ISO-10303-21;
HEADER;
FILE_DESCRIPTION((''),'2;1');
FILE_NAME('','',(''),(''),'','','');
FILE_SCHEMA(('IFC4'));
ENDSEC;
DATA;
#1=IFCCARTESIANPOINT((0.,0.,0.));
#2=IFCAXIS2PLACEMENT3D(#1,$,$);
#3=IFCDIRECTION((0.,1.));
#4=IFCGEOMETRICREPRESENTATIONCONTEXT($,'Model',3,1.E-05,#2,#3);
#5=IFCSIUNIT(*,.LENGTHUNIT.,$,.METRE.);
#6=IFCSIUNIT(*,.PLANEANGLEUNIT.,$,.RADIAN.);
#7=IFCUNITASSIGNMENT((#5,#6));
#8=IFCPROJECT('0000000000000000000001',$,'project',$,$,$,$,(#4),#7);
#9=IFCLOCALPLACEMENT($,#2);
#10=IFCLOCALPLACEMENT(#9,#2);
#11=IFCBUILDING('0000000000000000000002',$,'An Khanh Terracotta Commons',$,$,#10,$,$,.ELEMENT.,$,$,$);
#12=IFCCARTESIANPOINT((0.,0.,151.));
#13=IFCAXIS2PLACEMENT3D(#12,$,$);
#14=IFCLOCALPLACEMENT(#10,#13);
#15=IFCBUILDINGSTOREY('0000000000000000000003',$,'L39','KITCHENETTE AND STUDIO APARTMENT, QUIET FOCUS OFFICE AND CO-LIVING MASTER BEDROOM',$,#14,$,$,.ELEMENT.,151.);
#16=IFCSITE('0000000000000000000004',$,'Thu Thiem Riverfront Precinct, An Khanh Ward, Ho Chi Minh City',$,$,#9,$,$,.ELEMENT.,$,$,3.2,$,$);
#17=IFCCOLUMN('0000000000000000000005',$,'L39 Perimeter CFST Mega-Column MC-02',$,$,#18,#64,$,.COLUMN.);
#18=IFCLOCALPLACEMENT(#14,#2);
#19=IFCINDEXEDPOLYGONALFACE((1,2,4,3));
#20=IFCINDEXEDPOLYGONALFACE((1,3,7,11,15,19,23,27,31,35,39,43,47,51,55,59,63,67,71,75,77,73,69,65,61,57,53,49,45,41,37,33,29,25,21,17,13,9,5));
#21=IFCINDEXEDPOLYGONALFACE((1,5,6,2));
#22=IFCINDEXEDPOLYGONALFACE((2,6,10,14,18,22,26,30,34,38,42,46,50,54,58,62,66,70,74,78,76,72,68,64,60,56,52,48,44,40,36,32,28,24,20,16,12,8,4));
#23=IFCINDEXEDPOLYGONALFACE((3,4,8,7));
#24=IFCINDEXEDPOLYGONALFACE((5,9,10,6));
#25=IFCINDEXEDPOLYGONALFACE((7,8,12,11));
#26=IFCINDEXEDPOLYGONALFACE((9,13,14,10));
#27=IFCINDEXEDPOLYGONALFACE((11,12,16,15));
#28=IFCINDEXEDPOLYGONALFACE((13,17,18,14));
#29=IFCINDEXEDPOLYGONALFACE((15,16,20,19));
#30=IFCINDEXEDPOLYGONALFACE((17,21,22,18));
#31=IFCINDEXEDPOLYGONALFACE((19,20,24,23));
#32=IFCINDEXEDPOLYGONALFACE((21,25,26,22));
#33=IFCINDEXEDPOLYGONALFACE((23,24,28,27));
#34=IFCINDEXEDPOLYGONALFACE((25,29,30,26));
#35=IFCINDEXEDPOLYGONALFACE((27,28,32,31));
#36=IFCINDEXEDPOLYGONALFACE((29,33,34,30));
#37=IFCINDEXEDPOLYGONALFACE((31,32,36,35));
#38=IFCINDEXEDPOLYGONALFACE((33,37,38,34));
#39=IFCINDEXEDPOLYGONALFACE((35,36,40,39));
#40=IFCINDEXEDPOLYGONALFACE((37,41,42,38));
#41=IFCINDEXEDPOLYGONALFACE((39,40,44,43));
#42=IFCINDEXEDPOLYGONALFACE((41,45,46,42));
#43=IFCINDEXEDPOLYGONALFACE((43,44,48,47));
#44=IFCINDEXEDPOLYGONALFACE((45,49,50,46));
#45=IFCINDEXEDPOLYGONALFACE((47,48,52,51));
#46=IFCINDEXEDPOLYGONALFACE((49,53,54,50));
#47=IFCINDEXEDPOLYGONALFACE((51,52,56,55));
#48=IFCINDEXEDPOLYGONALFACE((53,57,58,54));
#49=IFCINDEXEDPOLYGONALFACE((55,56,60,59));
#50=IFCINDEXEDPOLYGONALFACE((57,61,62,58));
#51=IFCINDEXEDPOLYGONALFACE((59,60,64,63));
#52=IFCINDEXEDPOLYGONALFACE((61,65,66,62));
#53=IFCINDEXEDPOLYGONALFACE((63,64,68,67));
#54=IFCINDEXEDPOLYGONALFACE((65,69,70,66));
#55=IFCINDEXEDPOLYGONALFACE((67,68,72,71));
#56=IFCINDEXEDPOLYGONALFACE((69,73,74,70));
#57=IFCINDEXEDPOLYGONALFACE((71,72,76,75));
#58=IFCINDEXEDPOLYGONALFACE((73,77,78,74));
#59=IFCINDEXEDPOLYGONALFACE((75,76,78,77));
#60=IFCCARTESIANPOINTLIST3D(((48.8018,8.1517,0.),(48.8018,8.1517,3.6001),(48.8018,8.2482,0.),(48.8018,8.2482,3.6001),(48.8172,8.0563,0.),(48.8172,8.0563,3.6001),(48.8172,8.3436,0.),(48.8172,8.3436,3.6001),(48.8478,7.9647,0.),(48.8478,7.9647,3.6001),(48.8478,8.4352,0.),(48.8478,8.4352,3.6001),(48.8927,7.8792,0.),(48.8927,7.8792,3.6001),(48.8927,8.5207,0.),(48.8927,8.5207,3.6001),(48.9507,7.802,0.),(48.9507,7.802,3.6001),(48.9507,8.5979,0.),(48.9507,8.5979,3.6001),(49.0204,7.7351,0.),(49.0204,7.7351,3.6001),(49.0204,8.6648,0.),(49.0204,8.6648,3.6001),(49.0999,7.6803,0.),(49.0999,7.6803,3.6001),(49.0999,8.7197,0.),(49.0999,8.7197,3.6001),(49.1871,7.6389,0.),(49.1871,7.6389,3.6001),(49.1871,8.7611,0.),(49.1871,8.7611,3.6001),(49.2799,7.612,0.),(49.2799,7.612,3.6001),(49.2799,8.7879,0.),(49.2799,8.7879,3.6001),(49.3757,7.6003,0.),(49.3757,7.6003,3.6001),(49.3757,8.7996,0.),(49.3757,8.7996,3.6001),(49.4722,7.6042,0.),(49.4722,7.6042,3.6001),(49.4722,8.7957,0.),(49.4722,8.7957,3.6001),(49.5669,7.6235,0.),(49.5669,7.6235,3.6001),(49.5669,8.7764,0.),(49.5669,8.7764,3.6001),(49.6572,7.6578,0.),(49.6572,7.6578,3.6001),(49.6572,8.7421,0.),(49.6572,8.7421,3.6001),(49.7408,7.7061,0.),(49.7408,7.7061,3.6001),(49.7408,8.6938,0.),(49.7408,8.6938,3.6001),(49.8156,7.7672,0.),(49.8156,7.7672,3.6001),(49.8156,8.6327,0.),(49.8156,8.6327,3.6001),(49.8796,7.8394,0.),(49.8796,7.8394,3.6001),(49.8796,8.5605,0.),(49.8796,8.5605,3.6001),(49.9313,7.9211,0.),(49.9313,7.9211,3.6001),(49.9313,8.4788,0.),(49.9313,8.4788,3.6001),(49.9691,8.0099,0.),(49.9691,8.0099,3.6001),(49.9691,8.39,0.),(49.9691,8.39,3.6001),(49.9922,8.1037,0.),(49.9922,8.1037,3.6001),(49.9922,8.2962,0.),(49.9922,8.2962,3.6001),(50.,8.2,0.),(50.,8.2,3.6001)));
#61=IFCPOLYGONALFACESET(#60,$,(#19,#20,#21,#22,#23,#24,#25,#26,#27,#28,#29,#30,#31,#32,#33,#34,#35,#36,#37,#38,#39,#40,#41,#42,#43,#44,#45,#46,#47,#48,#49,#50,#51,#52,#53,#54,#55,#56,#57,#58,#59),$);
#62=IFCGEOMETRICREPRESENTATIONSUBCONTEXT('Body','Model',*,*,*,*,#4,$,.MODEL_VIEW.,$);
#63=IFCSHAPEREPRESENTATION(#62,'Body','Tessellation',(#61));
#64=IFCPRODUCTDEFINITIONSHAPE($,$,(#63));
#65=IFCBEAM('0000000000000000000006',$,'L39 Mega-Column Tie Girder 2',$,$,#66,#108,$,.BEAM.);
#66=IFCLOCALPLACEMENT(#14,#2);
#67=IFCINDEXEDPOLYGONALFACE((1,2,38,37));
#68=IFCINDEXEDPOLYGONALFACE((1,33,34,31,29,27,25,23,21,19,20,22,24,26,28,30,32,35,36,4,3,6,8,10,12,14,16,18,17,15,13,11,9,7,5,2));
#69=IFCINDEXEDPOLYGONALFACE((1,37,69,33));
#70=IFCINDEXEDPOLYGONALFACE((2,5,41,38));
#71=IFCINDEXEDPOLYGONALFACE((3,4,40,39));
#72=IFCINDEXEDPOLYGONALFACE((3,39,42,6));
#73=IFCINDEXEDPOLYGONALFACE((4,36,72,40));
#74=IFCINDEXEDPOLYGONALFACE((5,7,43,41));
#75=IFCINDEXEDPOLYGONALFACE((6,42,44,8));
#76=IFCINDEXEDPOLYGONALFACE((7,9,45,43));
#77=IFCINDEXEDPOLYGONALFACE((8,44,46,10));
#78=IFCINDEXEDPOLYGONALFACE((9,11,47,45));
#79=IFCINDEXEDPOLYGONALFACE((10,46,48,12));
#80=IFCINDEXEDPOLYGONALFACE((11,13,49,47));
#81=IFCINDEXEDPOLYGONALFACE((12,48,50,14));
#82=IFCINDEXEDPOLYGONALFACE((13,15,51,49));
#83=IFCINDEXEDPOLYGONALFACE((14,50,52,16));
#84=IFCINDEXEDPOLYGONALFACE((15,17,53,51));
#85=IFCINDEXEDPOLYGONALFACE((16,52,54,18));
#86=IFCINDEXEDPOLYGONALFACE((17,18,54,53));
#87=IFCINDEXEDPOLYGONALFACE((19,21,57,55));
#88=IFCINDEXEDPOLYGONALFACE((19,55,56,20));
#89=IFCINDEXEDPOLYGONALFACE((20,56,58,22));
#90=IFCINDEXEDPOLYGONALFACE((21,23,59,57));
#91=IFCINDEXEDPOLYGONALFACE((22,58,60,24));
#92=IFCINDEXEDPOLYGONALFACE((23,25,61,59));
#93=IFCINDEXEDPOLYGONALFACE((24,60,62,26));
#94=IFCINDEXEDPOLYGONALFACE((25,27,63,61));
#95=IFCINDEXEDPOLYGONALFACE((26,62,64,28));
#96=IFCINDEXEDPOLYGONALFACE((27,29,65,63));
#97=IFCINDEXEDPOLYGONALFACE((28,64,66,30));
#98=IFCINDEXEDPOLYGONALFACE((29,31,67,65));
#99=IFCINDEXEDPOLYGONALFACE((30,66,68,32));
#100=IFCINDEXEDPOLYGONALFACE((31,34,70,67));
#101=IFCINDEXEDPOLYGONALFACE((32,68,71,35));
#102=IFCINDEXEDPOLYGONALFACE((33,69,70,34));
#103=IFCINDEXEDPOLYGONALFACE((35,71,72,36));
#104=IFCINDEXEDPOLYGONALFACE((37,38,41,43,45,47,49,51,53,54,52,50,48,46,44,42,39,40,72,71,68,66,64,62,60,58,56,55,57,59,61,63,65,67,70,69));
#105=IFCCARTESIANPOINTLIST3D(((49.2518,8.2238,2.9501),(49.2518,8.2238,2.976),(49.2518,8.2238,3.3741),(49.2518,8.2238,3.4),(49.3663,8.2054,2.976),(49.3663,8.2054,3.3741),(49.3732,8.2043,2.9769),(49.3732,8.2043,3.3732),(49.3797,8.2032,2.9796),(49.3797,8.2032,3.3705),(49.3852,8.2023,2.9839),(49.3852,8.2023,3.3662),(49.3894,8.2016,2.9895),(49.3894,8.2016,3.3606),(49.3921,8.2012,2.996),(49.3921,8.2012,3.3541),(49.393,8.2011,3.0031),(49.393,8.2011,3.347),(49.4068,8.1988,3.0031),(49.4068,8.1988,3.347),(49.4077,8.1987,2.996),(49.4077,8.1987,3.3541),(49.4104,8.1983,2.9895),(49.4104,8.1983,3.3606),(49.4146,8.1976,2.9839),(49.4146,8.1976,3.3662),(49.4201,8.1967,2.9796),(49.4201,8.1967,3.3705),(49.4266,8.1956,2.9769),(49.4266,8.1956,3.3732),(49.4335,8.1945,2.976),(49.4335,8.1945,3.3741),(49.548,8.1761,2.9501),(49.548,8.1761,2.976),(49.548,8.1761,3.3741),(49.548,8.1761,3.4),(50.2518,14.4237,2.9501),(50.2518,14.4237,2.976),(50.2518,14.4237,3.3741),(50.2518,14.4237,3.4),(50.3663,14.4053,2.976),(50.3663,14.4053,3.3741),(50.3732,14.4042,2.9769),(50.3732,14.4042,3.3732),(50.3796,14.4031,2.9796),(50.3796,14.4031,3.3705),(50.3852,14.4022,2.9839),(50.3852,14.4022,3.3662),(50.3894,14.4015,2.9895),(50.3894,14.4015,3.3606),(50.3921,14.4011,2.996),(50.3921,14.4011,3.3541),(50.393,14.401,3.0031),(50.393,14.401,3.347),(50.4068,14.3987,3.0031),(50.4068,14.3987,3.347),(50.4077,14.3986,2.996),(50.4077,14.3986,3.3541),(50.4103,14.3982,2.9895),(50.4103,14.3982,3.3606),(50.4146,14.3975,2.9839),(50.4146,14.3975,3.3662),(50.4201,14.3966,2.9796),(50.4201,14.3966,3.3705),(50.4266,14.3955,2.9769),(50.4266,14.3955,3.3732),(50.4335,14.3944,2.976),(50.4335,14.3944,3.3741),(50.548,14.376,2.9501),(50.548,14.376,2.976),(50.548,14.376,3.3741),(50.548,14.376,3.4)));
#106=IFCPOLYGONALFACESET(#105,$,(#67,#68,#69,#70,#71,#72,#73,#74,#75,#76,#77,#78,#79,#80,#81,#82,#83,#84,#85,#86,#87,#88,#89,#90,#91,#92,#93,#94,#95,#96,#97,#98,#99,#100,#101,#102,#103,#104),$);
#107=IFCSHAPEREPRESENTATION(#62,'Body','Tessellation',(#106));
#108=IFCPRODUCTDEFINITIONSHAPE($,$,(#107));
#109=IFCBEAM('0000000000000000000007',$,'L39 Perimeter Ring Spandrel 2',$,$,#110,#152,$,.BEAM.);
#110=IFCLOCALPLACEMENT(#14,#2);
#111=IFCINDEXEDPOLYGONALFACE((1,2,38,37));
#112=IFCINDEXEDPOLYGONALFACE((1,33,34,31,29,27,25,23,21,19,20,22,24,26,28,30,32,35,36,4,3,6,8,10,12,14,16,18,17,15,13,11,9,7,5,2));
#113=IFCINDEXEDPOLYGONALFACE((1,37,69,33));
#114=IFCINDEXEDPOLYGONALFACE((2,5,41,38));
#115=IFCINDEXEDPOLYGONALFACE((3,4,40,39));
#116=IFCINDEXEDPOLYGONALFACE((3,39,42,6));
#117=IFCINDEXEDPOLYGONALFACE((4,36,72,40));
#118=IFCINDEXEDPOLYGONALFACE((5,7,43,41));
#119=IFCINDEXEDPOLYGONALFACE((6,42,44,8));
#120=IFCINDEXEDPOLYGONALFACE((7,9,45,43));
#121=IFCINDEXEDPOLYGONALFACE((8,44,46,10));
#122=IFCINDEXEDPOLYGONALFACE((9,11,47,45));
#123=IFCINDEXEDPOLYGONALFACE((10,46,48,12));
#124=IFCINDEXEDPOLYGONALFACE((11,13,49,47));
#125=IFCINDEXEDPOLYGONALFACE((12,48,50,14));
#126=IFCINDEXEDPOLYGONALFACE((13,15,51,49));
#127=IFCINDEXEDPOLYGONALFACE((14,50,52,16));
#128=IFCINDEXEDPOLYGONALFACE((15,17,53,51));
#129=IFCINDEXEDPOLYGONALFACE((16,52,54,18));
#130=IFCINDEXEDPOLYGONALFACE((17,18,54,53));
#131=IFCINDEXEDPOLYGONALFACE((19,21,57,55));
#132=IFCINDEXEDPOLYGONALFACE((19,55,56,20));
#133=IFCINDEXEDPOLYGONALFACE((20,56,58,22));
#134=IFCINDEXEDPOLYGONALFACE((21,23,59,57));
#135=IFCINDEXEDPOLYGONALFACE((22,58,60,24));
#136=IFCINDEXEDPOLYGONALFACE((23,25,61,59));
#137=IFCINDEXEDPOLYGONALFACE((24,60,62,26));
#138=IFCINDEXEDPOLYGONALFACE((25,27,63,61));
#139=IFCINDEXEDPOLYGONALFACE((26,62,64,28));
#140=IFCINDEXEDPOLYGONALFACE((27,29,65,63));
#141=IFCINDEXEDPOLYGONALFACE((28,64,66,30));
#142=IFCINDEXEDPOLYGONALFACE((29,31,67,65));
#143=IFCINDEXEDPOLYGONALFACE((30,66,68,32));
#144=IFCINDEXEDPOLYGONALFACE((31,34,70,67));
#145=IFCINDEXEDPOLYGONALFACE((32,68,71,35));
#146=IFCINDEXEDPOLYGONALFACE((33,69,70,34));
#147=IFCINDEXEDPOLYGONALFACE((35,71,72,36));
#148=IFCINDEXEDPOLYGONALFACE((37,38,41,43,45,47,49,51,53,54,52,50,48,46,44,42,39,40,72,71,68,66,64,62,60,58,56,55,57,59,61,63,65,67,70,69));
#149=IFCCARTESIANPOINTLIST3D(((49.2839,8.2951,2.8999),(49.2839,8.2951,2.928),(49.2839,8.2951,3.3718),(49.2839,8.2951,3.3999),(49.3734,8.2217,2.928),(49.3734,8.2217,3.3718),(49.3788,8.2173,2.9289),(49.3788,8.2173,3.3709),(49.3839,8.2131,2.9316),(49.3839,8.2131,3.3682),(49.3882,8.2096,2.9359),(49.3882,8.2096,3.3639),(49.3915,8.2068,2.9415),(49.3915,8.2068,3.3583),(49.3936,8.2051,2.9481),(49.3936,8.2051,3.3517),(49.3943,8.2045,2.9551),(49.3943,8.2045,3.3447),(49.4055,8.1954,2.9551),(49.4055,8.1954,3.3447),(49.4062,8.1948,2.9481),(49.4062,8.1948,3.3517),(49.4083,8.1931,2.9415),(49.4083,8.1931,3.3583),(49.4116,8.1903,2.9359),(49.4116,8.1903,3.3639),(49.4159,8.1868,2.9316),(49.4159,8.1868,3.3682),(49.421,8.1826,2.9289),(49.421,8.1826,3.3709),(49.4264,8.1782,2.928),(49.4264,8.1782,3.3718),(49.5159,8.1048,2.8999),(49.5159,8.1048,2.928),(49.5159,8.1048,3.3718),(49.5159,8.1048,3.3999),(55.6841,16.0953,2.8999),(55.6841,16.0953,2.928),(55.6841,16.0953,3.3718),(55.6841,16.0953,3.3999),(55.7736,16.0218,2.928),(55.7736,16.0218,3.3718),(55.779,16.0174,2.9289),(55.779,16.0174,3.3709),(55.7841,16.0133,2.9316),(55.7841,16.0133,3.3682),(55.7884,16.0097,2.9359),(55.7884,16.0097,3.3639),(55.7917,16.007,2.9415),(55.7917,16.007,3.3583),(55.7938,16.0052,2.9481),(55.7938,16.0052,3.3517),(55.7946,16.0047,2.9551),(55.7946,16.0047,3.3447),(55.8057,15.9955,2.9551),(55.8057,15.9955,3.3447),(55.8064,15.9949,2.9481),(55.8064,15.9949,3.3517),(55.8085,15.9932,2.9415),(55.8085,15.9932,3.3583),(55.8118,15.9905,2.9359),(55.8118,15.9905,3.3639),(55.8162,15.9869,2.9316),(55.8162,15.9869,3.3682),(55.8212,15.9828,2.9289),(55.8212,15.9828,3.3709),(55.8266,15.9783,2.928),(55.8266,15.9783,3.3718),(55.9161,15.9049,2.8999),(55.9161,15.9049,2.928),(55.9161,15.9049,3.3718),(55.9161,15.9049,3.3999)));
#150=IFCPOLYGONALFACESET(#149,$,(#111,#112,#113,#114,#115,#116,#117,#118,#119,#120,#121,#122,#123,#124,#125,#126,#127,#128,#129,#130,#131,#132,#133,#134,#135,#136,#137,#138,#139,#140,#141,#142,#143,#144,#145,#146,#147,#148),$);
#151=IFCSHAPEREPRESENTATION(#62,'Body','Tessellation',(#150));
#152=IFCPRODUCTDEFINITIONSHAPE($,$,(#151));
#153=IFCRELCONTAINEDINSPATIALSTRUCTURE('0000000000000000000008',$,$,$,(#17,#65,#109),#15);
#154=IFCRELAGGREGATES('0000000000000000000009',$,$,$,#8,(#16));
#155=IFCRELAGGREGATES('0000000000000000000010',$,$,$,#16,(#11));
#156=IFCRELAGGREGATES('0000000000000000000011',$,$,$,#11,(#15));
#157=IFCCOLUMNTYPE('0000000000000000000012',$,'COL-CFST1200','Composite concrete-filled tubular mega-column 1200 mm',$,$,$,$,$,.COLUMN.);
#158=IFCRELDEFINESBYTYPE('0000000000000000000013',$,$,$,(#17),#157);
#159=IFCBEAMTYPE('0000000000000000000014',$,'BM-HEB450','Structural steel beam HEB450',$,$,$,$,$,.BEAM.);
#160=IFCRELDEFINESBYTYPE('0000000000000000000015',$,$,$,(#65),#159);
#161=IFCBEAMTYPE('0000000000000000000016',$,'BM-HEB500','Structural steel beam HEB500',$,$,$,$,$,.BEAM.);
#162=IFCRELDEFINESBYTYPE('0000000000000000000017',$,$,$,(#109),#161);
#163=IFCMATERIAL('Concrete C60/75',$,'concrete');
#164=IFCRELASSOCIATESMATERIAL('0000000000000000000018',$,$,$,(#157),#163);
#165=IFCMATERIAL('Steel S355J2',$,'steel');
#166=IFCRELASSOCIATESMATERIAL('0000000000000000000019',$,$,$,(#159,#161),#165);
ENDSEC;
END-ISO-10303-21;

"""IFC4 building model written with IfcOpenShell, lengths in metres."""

from ifc_helpers import new_model, si_unit, direction, frame, origin, origin_2d, place, context, subcontext, project, spatial, circle, i_section, extrude, material, material_profile, profile_set, type_object, element, save


model = new_model("IFC4")

# Units and contexts
model_context = context("Model", 3, precision=1e-05, world=origin(), true_north=direction((0.0, 1.0)))
body_context = subcontext(model_context, "Body", "Model", "MODEL_VIEW")
ifc_project = project(units=[si_unit("LENGTHUNIT", "METRE"), si_unit("PLANEANGLEUNIT", "RADIAN")], contexts=[model_context])

# Site, building, storey
site_placement = place(None, origin())
site = spatial("IfcSite", under=ifc_project, at=site_placement, Name="Thu Thiem Riverfront Precinct, An Khanh Ward, Ho Chi Minh City", CompositionType="ELEMENT", RefElevation=3.2)
building_placement = place(site_placement, origin())
building = spatial("IfcBuilding", under=site, at=building_placement, Name="An Khanh Terracotta Commons", CompositionType="ELEMENT")
storey_placement = place(building_placement, frame((0.0, 0.0, 151.0)))
storey = spatial("IfcBuildingStorey", under=building, at=storey_placement, Name="L39", Description="KITCHENETTE AND STUDIO APARTMENT, QUIET FOCUS OFFICE AND CO-LIVING MASTER BEDROOM", CompositionType="ELEMENT", Elevation=151.0)

# Column
ifc_material_1 = material(Name="Concrete C60/75", Category="concrete")
ifc_material_profile_1 = material_profile(ifc_material_1, circle(Radius=0.6001, at=origin_2d()), Name="CFST1200")
ifc_profile_set_1 = profile_set([ifc_material_profile_1], Name="Concrete C60/75")
column_type = type_object("IfcColumnType", Name="COL-CFST1200", Description="Composite concrete-filled tubular mega-column 1200 mm", PredefinedType="COLUMN", material=ifc_profile_set_1)
column_placement = place(storey_placement, frame((49.3999, 8.2, 0.0), z_axis=(0.0, 0.0, 1.0), x_axis=(1.0, 0.0, 0.0)))
element("IfcColumn", 1, at=column_placement, inside=storey, type_object=column_type, Name="L39 Perimeter CFST Mega-Column MC-02", PredefinedType="COLUMN", context=body_context, shape_type="SweptSolid", body=[
    extrude(circle(Radius=0.6001, at=origin_2d()), origin(), (0.0, 0.0, 1.0), 3.6001),
])

# Beams
ifc_material_2 = material(Name="Steel S355J2", Category="steel")
ifc_material_profile_2 = material_profile(ifc_material_2, i_section(OverallWidth=0.3, OverallDepth=0.45, WebThickness=0.0139, FlangeThickness=0.0259, FilletRadius=0.0271, at=origin_2d()), Name="HEB450")
ifc_profile_set_2 = profile_set([ifc_material_profile_2], Name="Steel S355J2")
beam_type_1 = type_object("IfcBeamType", Name="BM-HEB450", Description="Structural steel beam HEB450", PredefinedType="BEAM", material=ifc_profile_set_2)
beam_1_placement = place(storey_placement, frame((49.3999, 8.2, 3.175), z_axis=(0.159234, 0.987241, 0.0), x_axis=(-0.987241, 0.159234, 0.0)))
element("IfcBeam", 2, at=beam_1_placement, inside=storey, type_object=beam_type_1, Name="L39 Mega-Column Tie Girder 2", PredefinedType="BEAM", context=body_context, shape_type="SweptSolid", body=[
    extrude(i_section(OverallWidth=0.3, OverallDepth=0.45, WebThickness=0.0139, FlangeThickness=0.0259, FilletRadius=0.0271, at=origin_2d()), origin(), (0.0, 0.0, 1.0), 6.28),
])
ifc_material_profile_3 = material_profile(ifc_material_2, i_section(OverallWidth=0.3, OverallDepth=0.5, WebThickness=0.0144, FlangeThickness=0.0281, FilletRadius=0.0271, at=origin_2d()), Name="HEB500")
ifc_profile_set_3 = profile_set([ifc_material_profile_3], Name="Steel S355J2")
beam_type_2 = type_object("IfcBeamType", Name="BM-HEB500", Description="Structural steel beam HEB500", PredefinedType="BEAM", material=ifc_profile_set_3)
beam_2_placement = place(storey_placement, frame((49.3999, 8.2, 3.1499), z_axis=(0.634323, 0.773068, 0.0), x_axis=(-0.773068, 0.634323, 0.0)))
element("IfcBeam", 3, at=beam_2_placement, inside=storey, type_object=beam_type_2, Name="L39 Perimeter Ring Spandrel 2", PredefinedType="BEAM", context=body_context, shape_type="SweptSolid", body=[
    extrude(i_section(OverallWidth=0.3, OverallDepth=0.5, WebThickness=0.0144, FlangeThickness=0.0281, FilletRadius=0.0271, at=origin_2d()), origin(), (0.0, 0.0, 1.0), 10.0898),
])

save(model, "model.ifc")
